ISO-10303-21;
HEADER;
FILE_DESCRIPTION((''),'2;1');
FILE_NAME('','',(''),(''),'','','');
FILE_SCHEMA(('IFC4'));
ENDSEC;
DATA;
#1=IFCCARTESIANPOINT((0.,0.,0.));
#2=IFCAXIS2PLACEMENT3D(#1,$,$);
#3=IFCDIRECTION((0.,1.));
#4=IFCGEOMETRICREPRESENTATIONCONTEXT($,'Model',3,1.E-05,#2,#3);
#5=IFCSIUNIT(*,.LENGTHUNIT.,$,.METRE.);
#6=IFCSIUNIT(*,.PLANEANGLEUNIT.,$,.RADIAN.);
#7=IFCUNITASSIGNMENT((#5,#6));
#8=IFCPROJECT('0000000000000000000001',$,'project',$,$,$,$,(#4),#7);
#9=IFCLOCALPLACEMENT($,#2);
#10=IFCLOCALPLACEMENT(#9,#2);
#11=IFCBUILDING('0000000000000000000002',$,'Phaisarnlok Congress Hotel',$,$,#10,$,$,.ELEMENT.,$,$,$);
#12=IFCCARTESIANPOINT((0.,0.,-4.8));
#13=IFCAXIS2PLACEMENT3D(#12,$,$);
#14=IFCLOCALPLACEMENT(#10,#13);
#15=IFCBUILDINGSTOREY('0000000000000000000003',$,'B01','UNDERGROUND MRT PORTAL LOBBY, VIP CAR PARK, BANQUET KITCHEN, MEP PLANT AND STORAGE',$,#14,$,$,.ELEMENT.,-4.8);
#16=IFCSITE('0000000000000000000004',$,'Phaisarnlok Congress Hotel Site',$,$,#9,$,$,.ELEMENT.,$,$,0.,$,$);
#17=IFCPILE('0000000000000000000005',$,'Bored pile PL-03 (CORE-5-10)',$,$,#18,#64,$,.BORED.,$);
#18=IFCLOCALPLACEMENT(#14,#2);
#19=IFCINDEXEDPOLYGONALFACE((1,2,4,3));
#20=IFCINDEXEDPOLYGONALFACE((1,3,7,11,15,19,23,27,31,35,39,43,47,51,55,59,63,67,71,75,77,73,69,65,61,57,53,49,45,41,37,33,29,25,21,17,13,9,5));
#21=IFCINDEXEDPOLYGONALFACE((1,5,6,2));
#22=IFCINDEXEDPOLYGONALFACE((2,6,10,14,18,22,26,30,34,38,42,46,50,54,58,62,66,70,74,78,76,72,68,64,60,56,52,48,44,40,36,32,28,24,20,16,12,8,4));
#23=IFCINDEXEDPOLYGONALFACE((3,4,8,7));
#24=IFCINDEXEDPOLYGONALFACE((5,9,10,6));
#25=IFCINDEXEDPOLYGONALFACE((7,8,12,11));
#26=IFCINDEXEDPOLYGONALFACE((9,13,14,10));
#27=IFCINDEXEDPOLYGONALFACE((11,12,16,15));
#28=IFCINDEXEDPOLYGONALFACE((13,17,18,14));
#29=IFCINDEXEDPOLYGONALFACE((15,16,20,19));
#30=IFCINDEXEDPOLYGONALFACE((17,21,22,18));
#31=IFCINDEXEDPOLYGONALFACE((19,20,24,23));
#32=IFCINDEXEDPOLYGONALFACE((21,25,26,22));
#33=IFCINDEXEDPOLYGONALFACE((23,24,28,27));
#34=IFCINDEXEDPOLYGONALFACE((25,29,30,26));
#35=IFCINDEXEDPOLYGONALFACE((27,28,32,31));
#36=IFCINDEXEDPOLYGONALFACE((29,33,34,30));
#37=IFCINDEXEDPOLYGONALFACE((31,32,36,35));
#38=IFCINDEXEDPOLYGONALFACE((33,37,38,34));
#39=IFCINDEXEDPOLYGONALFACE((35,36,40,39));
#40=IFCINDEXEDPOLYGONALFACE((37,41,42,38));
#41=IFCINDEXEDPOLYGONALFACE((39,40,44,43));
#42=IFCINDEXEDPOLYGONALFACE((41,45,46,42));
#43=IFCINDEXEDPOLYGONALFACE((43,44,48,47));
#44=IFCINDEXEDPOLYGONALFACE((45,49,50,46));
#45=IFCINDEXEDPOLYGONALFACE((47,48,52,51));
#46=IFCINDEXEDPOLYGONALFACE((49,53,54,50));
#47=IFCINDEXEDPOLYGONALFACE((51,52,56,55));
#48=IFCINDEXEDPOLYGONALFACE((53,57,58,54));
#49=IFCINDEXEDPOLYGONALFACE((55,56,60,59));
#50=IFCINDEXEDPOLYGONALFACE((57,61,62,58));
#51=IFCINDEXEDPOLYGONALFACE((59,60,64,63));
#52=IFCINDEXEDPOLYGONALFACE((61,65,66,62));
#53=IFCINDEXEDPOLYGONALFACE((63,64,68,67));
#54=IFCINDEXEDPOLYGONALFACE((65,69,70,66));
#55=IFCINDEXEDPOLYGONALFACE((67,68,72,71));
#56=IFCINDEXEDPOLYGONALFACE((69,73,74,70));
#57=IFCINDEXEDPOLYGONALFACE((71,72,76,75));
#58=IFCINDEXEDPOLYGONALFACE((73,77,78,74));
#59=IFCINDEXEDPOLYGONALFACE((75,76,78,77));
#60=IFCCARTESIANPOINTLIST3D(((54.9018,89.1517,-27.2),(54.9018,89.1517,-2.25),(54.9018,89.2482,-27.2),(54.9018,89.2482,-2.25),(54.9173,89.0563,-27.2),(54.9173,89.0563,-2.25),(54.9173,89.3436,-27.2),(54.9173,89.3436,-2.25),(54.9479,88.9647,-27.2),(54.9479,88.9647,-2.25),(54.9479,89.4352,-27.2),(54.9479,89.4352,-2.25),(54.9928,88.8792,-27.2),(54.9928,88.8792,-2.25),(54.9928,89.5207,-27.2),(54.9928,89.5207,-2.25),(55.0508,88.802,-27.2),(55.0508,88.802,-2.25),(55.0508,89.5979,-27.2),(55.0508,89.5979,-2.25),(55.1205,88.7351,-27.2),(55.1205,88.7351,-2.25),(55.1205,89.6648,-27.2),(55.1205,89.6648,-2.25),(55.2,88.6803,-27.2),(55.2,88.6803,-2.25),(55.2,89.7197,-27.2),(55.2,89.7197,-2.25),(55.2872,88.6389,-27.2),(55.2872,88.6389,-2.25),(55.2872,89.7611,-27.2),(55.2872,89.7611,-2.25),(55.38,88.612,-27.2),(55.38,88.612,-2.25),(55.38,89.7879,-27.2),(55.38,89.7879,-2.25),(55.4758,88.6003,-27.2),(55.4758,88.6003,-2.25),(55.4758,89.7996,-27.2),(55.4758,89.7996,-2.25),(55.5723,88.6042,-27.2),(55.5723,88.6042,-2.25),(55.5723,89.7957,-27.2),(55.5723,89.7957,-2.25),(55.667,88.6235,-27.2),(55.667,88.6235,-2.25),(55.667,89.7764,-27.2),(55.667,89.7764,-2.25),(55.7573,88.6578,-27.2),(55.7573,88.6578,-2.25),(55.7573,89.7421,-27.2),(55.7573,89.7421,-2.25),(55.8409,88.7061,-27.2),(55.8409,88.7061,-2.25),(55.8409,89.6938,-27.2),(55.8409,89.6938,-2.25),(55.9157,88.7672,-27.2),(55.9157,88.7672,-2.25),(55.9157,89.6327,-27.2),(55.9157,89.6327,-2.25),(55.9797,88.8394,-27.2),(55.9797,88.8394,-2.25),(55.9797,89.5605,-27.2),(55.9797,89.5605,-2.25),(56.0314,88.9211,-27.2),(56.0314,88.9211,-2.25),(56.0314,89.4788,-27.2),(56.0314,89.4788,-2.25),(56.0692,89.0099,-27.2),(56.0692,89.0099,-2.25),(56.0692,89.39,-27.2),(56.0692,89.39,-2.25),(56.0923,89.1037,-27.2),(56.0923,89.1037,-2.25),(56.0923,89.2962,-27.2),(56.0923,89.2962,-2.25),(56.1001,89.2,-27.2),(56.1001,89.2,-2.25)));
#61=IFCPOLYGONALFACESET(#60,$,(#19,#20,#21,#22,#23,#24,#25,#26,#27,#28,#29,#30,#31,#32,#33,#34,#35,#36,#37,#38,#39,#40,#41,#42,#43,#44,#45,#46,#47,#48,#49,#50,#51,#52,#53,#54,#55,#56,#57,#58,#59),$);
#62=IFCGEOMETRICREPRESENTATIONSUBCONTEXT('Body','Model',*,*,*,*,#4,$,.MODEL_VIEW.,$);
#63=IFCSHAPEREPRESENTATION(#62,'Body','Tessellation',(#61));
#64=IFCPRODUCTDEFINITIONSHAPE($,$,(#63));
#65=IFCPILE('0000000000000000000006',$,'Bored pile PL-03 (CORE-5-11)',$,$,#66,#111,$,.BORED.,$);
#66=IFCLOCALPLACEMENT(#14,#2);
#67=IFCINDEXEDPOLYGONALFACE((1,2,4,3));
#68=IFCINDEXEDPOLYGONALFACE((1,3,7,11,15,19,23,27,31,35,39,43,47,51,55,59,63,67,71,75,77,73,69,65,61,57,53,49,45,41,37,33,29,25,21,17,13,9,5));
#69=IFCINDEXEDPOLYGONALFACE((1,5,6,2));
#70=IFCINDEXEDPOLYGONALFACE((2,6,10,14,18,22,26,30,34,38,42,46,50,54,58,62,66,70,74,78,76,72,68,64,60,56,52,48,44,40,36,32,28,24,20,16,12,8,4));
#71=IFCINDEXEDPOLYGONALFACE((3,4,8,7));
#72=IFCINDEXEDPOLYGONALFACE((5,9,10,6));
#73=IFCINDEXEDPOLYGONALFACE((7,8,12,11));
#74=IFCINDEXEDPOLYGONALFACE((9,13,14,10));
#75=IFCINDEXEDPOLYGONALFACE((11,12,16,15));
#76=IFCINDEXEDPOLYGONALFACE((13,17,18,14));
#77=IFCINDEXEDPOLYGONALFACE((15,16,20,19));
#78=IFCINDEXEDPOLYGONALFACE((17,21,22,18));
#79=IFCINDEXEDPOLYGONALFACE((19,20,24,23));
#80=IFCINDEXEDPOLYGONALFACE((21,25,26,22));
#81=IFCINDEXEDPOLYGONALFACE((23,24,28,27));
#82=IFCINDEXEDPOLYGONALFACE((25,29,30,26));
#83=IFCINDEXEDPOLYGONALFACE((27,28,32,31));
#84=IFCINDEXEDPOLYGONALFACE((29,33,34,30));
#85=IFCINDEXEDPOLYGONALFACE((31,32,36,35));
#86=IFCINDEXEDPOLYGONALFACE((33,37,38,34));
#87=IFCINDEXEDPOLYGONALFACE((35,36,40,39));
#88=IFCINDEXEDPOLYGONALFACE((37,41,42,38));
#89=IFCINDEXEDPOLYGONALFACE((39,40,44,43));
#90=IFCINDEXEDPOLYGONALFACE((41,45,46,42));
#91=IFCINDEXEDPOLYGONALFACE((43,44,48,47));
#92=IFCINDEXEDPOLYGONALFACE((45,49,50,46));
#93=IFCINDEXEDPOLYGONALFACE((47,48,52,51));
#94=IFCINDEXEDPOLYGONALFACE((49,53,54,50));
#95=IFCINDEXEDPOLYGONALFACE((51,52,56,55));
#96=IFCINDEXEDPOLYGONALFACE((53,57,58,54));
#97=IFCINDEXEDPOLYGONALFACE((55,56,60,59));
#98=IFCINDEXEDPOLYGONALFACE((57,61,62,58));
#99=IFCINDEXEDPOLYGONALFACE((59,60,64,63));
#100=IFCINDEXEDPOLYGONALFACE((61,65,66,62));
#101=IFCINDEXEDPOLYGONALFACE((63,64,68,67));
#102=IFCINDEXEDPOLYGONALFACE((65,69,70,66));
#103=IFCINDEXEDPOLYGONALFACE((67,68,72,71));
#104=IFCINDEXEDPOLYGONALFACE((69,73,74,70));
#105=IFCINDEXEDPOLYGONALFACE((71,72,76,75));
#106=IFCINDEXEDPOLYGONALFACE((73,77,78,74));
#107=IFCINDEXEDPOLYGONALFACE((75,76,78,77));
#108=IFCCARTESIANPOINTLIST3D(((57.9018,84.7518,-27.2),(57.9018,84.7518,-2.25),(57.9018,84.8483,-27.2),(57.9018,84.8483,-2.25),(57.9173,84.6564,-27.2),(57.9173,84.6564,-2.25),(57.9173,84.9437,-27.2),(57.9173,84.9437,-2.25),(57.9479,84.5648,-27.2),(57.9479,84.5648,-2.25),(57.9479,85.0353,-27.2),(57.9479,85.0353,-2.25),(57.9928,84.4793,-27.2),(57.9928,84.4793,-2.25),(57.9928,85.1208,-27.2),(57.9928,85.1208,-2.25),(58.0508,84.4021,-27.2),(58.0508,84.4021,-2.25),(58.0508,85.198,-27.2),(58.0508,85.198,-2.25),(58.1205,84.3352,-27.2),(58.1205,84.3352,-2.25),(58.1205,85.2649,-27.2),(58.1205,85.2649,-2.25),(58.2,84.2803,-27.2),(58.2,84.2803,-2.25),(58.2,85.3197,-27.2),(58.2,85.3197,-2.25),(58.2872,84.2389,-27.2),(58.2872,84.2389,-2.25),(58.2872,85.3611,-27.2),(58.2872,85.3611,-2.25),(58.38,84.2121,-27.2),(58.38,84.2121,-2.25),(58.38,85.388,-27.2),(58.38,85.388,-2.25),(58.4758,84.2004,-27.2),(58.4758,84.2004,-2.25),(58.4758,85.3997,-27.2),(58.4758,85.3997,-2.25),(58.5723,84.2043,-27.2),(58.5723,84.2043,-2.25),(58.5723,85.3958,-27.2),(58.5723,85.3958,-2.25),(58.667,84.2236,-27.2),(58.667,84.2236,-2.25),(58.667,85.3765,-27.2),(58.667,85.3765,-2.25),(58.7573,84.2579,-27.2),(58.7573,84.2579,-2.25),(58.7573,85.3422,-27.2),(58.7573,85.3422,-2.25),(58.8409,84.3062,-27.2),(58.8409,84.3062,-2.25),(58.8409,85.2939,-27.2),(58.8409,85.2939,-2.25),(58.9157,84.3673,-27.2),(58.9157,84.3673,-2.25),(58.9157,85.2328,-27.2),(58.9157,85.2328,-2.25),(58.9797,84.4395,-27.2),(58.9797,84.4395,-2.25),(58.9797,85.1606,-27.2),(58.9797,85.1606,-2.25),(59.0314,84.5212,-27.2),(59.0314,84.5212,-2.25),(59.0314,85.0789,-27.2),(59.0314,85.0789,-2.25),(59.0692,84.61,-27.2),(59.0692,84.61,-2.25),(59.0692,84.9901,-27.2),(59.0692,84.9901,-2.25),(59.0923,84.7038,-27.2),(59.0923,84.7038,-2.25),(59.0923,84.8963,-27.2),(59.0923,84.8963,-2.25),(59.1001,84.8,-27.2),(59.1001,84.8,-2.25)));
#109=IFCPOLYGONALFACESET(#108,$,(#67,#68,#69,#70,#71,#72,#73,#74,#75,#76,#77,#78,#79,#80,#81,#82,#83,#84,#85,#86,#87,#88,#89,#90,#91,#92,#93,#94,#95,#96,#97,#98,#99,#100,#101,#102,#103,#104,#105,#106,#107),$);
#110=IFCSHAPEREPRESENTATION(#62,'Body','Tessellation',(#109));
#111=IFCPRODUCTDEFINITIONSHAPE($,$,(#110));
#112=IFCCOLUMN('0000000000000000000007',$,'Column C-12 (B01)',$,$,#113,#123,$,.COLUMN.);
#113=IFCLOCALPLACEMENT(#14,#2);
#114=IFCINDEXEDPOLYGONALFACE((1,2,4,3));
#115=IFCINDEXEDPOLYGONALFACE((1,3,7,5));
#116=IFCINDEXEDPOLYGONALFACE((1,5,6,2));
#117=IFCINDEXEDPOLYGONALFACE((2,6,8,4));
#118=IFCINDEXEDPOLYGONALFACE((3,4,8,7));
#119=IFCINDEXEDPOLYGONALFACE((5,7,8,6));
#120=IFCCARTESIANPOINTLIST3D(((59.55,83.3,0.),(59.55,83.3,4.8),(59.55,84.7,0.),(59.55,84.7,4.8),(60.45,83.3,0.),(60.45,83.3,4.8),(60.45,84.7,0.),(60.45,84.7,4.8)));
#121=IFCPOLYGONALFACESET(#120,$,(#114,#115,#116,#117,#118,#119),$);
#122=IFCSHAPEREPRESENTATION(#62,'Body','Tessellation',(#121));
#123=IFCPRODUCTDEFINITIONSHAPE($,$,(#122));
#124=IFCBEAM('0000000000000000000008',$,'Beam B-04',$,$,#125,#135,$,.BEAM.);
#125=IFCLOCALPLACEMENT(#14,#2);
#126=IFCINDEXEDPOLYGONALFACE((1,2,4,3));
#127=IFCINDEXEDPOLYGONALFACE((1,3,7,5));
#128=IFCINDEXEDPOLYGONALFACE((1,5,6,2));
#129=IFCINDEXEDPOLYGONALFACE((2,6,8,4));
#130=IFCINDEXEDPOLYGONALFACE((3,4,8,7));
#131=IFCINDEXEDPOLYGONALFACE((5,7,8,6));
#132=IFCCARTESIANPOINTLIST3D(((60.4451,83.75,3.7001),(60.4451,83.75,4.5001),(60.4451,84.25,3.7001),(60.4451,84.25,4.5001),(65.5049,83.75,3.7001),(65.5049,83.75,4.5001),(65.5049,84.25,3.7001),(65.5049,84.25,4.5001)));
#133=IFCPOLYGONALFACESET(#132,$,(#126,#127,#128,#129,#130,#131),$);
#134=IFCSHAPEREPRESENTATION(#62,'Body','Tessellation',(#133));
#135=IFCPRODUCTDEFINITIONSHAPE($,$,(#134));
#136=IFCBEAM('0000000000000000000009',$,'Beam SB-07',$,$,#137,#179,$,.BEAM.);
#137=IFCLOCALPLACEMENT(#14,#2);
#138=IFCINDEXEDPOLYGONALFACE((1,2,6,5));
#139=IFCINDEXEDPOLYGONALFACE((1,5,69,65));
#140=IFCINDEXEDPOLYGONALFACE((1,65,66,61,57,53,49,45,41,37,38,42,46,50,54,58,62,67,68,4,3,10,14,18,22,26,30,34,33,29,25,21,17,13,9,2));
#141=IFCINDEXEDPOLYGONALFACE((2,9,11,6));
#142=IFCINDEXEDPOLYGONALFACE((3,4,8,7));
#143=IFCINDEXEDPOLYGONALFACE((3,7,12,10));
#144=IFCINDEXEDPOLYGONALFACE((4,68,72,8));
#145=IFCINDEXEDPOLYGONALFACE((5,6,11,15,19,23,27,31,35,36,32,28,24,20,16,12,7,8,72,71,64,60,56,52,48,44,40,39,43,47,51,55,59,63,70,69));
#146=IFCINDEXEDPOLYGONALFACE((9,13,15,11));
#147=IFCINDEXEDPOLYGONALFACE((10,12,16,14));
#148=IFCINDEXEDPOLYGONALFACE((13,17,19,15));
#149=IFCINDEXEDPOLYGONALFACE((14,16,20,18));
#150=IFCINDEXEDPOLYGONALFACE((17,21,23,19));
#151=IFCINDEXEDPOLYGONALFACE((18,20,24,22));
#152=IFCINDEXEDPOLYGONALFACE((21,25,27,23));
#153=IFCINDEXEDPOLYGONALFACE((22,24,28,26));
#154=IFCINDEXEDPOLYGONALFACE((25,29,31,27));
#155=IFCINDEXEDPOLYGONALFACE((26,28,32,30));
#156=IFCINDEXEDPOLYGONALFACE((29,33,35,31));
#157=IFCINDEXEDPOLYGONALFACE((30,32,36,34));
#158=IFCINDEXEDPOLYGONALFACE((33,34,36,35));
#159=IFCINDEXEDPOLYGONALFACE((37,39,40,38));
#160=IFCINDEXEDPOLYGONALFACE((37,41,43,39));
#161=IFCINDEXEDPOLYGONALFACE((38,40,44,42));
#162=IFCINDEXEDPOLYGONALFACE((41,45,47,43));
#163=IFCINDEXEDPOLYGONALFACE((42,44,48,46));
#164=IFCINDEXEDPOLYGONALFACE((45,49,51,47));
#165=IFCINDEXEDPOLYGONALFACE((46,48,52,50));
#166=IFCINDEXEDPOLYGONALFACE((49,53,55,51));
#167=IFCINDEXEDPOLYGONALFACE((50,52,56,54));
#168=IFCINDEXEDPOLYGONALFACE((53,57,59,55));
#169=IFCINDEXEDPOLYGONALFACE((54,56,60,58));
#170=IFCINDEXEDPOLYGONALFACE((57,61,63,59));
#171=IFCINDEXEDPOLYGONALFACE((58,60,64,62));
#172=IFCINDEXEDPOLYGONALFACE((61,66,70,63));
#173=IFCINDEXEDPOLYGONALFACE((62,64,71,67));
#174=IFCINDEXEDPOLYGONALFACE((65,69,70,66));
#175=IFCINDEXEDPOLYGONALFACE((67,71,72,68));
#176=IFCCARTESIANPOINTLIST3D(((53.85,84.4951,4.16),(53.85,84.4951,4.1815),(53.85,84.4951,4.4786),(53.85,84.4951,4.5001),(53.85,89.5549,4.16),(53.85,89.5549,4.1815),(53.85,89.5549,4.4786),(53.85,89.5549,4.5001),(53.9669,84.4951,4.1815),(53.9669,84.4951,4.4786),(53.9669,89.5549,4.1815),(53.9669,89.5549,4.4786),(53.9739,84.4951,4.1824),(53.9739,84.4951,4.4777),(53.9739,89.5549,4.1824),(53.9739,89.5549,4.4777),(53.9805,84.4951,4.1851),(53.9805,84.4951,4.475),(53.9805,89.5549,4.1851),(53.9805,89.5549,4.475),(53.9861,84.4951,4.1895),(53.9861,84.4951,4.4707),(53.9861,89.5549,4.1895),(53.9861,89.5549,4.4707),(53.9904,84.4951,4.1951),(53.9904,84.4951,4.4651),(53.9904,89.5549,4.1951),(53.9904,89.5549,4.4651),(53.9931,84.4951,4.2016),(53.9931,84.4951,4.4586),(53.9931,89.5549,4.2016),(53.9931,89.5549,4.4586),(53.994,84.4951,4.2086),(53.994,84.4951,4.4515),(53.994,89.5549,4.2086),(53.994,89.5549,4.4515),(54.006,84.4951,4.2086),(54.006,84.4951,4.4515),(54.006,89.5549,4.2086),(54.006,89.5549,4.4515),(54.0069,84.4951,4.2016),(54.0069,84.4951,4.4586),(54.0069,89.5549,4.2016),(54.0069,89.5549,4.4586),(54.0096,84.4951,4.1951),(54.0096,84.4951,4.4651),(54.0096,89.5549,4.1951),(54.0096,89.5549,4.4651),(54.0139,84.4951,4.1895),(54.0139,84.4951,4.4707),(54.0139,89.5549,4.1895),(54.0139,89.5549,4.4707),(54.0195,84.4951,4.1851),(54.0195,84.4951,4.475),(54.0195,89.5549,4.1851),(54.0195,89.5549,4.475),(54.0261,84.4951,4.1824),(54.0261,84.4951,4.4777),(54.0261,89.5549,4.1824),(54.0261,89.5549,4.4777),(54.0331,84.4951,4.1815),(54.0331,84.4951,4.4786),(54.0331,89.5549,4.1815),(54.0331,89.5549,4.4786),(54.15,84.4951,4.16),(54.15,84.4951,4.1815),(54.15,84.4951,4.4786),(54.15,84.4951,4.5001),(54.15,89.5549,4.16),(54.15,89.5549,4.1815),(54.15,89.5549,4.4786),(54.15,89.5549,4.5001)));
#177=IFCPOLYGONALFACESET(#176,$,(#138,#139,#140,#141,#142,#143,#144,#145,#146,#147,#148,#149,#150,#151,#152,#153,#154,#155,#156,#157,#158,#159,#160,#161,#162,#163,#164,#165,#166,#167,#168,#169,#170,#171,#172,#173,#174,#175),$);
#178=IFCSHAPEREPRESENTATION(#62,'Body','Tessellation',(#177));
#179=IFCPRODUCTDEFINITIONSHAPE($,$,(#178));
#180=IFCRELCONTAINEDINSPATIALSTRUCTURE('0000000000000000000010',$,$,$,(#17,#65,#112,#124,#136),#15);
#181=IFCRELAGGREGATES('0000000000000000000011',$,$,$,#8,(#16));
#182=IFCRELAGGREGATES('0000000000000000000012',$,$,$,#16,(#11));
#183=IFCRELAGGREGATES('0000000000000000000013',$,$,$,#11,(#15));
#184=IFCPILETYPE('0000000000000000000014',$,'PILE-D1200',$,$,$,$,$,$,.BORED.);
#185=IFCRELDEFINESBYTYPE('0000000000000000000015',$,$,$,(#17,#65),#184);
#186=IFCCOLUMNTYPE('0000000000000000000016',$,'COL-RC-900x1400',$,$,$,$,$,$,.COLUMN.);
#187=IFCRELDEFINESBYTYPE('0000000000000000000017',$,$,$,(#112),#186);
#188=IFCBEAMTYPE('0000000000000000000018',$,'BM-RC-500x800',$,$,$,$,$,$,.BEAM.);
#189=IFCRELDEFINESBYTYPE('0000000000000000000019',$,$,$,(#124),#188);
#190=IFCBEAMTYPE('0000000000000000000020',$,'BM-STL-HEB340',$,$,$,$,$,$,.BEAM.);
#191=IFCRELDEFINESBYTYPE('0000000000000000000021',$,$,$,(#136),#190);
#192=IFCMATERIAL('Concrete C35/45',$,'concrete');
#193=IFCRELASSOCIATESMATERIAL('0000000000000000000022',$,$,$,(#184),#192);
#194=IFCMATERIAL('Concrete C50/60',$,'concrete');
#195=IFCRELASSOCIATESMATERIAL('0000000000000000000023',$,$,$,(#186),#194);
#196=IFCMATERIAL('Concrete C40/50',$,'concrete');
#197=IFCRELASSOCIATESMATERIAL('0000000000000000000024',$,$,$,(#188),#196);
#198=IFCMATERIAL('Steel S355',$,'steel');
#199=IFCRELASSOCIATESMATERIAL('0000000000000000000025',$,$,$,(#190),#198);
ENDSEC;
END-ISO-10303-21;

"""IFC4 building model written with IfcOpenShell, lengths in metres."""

from ifc_helpers import new_model, si_unit, direction, frame, origin, origin_2d, place, context, subcontext, project, spatial, rectangle, circle, i_section, extrude, material, material_profile, profile_set, type_object, element, save


model = new_model("IFC4")

# Units and contexts
model_context = context("Model", 3, precision=1e-05, world=origin(), true_north=direction((0.0, 1.0)))
body_context = subcontext(model_context, "Body", "Model", "MODEL_VIEW")
ifc_project = project(units=[si_unit("LENGTHUNIT", "METRE"), si_unit("PLANEANGLEUNIT", "RADIAN")], contexts=[model_context])

# Site, building, storey
site_placement = place(None, origin())
site = spatial("IfcSite", under=ifc_project, at=site_placement, Name="Phaisarnlok Congress Hotel Site", CompositionType="ELEMENT", RefElevation=0.0)
building_placement = place(site_placement, origin())
building = spatial("IfcBuilding", under=site, at=building_placement, Name="Phaisarnlok Congress Hotel", CompositionType="ELEMENT")
storey_placement = place(building_placement, frame((0.0, 0.0, -4.8)))
storey = spatial("IfcBuildingStorey", under=building, at=storey_placement, Name="B01", Description="UNDERGROUND MRT PORTAL LOBBY, VIP CAR PARK, BANQUET KITCHEN, MEP PLANT AND STORAGE", CompositionType="ELEMENT", Elevation=-4.8)

# Shared definitions
ifc_material_1 = material(Name="Concrete C40/50", Category="concrete")

# Piles
ifc_material_2 = material(Name="Concrete C35/45", Category="concrete")
ifc_material_profile_1 = material_profile(ifc_material_2, circle(Radius=0.6001, at=origin_2d()), Name="BORED PILE D1200")
ifc_profile_set_1 = profile_set([ifc_material_profile_1], Name="Concrete C35/45")
pile_type = type_object("IfcPileType", Name="PILE-D1200", PredefinedType="BORED", material=ifc_profile_set_1)
for number, where, z_axis, x_axis, name in (
    (1, (55.5, 89.2, -2.25), (0.0, 0.0, -1.0), (1.0, 0.0, 0.0), "Bored pile PL-03 (CORE-5-10)"),
    (2, (58.5, 84.8, -2.25), (0.0, 0.0, -1.0), (1.0, 0.0, 0.0), "Bored pile PL-03 (CORE-5-11)"),
):
    element("IfcPile", number, at=place(storey_placement, frame(where, z_axis=z_axis, x_axis=x_axis)), inside=storey, type_object=pile_type, Name=name, PredefinedType="BORED", context=body_context, shape_type="SweptSolid", body=[
        extrude(circle(Radius=0.6001, at=origin_2d()), origin(), (0.0, 0.0, 1.0), 24.95),
    ])

# Column
ifc_material_3 = material(Name="Concrete C50/60", Category="concrete")
ifc_material_profile_2 = material_profile(ifc_material_3, rectangle(XDim=0.8999, YDim=1.3999, at=origin_2d()), Name="RC 900x1400")
ifc_profile_set_2 = profile_set([ifc_material_profile_2], Name="Concrete C50/60")
column_type = type_object("IfcColumnType", Name="COL-RC-900x1400", PredefinedType="COLUMN", material=ifc_profile_set_2)
column_placement = place(storey_placement, frame((60.0, 84.0, 0.0), z_axis=(0.0, 0.0, 1.0), x_axis=(1.0, 0.0, 0.0)))
element("IfcColumn", 3, at=column_placement, inside=storey, type_object=column_type, Name="Column C-12 (B01)", PredefinedType="COLUMN", context=body_context, shape_type="SweptSolid", body=[
    extrude(rectangle(XDim=0.8999, YDim=1.3999, at=origin_2d()), origin(), (0.0, 0.0, 1.0), 4.8),
])

# Beams
ifc_material_profile_3 = material_profile(ifc_material_1, rectangle(XDim=0.5, YDim=0.8, at=origin_2d()), Name="RC 500x800")
ifc_profile_set_3 = profile_set([ifc_material_profile_3], Name="Concrete C40/50")
beam_type_1 = type_object("IfcBeamType", Name="BM-RC-500x800", PredefinedType="BEAM", material=ifc_profile_set_3)
beam_1_placement = place(storey_placement, frame((60.4451, 84.0, 4.1001), z_axis=(1.0, 0.0, 0.0), x_axis=(0.0, 1.0, 0.0)))
element("IfcBeam", 4, at=beam_1_placement, inside=storey, type_object=beam_type_1, Name="Beam B-04", PredefinedType="BEAM", context=body_context, shape_type="SweptSolid", body=[
    extrude(rectangle(XDim=0.5, YDim=0.8, at=origin_2d()), origin(), (0.0, 0.0, 1.0), 5.0598),
])
ifc_material_4 = material(Name="Steel S355", Category="steel")
ifc_material_profile_4 = material_profile(ifc_material_4, i_section(OverallWidth=0.3, OverallDepth=0.3401, WebThickness=0.012, FlangeThickness=0.0215, FilletRadius=0.0271, at=origin_2d()), Name="HEB 340")
ifc_profile_set_4 = profile_set([ifc_material_profile_4], Name="Steel S355")
beam_type_2 = type_object("IfcBeamType", Name="BM-STL-HEB340", PredefinedType="BEAM", material=ifc_profile_set_4)
beam_2_placement = place(storey_placement, frame((54.0, 84.4951, 4.3301), z_axis=(0.0, 1.0, 0.0), x_axis=(-1.0, 0.0, 0.0)))
element("IfcBeam", 5, at=beam_2_placement, inside=storey, type_object=beam_type_2, Name="Beam SB-07", PredefinedType="BEAM", context=body_context, shape_type="SweptSolid", body=[
    extrude(i_section(OverallWidth=0.3, OverallDepth=0.3401, WebThickness=0.012, FlangeThickness=0.0215, FilletRadius=0.0271, at=origin_2d()), origin(), (0.0, 0.0, 1.0), 5.0598),
])

save(model, "model.ifc")
